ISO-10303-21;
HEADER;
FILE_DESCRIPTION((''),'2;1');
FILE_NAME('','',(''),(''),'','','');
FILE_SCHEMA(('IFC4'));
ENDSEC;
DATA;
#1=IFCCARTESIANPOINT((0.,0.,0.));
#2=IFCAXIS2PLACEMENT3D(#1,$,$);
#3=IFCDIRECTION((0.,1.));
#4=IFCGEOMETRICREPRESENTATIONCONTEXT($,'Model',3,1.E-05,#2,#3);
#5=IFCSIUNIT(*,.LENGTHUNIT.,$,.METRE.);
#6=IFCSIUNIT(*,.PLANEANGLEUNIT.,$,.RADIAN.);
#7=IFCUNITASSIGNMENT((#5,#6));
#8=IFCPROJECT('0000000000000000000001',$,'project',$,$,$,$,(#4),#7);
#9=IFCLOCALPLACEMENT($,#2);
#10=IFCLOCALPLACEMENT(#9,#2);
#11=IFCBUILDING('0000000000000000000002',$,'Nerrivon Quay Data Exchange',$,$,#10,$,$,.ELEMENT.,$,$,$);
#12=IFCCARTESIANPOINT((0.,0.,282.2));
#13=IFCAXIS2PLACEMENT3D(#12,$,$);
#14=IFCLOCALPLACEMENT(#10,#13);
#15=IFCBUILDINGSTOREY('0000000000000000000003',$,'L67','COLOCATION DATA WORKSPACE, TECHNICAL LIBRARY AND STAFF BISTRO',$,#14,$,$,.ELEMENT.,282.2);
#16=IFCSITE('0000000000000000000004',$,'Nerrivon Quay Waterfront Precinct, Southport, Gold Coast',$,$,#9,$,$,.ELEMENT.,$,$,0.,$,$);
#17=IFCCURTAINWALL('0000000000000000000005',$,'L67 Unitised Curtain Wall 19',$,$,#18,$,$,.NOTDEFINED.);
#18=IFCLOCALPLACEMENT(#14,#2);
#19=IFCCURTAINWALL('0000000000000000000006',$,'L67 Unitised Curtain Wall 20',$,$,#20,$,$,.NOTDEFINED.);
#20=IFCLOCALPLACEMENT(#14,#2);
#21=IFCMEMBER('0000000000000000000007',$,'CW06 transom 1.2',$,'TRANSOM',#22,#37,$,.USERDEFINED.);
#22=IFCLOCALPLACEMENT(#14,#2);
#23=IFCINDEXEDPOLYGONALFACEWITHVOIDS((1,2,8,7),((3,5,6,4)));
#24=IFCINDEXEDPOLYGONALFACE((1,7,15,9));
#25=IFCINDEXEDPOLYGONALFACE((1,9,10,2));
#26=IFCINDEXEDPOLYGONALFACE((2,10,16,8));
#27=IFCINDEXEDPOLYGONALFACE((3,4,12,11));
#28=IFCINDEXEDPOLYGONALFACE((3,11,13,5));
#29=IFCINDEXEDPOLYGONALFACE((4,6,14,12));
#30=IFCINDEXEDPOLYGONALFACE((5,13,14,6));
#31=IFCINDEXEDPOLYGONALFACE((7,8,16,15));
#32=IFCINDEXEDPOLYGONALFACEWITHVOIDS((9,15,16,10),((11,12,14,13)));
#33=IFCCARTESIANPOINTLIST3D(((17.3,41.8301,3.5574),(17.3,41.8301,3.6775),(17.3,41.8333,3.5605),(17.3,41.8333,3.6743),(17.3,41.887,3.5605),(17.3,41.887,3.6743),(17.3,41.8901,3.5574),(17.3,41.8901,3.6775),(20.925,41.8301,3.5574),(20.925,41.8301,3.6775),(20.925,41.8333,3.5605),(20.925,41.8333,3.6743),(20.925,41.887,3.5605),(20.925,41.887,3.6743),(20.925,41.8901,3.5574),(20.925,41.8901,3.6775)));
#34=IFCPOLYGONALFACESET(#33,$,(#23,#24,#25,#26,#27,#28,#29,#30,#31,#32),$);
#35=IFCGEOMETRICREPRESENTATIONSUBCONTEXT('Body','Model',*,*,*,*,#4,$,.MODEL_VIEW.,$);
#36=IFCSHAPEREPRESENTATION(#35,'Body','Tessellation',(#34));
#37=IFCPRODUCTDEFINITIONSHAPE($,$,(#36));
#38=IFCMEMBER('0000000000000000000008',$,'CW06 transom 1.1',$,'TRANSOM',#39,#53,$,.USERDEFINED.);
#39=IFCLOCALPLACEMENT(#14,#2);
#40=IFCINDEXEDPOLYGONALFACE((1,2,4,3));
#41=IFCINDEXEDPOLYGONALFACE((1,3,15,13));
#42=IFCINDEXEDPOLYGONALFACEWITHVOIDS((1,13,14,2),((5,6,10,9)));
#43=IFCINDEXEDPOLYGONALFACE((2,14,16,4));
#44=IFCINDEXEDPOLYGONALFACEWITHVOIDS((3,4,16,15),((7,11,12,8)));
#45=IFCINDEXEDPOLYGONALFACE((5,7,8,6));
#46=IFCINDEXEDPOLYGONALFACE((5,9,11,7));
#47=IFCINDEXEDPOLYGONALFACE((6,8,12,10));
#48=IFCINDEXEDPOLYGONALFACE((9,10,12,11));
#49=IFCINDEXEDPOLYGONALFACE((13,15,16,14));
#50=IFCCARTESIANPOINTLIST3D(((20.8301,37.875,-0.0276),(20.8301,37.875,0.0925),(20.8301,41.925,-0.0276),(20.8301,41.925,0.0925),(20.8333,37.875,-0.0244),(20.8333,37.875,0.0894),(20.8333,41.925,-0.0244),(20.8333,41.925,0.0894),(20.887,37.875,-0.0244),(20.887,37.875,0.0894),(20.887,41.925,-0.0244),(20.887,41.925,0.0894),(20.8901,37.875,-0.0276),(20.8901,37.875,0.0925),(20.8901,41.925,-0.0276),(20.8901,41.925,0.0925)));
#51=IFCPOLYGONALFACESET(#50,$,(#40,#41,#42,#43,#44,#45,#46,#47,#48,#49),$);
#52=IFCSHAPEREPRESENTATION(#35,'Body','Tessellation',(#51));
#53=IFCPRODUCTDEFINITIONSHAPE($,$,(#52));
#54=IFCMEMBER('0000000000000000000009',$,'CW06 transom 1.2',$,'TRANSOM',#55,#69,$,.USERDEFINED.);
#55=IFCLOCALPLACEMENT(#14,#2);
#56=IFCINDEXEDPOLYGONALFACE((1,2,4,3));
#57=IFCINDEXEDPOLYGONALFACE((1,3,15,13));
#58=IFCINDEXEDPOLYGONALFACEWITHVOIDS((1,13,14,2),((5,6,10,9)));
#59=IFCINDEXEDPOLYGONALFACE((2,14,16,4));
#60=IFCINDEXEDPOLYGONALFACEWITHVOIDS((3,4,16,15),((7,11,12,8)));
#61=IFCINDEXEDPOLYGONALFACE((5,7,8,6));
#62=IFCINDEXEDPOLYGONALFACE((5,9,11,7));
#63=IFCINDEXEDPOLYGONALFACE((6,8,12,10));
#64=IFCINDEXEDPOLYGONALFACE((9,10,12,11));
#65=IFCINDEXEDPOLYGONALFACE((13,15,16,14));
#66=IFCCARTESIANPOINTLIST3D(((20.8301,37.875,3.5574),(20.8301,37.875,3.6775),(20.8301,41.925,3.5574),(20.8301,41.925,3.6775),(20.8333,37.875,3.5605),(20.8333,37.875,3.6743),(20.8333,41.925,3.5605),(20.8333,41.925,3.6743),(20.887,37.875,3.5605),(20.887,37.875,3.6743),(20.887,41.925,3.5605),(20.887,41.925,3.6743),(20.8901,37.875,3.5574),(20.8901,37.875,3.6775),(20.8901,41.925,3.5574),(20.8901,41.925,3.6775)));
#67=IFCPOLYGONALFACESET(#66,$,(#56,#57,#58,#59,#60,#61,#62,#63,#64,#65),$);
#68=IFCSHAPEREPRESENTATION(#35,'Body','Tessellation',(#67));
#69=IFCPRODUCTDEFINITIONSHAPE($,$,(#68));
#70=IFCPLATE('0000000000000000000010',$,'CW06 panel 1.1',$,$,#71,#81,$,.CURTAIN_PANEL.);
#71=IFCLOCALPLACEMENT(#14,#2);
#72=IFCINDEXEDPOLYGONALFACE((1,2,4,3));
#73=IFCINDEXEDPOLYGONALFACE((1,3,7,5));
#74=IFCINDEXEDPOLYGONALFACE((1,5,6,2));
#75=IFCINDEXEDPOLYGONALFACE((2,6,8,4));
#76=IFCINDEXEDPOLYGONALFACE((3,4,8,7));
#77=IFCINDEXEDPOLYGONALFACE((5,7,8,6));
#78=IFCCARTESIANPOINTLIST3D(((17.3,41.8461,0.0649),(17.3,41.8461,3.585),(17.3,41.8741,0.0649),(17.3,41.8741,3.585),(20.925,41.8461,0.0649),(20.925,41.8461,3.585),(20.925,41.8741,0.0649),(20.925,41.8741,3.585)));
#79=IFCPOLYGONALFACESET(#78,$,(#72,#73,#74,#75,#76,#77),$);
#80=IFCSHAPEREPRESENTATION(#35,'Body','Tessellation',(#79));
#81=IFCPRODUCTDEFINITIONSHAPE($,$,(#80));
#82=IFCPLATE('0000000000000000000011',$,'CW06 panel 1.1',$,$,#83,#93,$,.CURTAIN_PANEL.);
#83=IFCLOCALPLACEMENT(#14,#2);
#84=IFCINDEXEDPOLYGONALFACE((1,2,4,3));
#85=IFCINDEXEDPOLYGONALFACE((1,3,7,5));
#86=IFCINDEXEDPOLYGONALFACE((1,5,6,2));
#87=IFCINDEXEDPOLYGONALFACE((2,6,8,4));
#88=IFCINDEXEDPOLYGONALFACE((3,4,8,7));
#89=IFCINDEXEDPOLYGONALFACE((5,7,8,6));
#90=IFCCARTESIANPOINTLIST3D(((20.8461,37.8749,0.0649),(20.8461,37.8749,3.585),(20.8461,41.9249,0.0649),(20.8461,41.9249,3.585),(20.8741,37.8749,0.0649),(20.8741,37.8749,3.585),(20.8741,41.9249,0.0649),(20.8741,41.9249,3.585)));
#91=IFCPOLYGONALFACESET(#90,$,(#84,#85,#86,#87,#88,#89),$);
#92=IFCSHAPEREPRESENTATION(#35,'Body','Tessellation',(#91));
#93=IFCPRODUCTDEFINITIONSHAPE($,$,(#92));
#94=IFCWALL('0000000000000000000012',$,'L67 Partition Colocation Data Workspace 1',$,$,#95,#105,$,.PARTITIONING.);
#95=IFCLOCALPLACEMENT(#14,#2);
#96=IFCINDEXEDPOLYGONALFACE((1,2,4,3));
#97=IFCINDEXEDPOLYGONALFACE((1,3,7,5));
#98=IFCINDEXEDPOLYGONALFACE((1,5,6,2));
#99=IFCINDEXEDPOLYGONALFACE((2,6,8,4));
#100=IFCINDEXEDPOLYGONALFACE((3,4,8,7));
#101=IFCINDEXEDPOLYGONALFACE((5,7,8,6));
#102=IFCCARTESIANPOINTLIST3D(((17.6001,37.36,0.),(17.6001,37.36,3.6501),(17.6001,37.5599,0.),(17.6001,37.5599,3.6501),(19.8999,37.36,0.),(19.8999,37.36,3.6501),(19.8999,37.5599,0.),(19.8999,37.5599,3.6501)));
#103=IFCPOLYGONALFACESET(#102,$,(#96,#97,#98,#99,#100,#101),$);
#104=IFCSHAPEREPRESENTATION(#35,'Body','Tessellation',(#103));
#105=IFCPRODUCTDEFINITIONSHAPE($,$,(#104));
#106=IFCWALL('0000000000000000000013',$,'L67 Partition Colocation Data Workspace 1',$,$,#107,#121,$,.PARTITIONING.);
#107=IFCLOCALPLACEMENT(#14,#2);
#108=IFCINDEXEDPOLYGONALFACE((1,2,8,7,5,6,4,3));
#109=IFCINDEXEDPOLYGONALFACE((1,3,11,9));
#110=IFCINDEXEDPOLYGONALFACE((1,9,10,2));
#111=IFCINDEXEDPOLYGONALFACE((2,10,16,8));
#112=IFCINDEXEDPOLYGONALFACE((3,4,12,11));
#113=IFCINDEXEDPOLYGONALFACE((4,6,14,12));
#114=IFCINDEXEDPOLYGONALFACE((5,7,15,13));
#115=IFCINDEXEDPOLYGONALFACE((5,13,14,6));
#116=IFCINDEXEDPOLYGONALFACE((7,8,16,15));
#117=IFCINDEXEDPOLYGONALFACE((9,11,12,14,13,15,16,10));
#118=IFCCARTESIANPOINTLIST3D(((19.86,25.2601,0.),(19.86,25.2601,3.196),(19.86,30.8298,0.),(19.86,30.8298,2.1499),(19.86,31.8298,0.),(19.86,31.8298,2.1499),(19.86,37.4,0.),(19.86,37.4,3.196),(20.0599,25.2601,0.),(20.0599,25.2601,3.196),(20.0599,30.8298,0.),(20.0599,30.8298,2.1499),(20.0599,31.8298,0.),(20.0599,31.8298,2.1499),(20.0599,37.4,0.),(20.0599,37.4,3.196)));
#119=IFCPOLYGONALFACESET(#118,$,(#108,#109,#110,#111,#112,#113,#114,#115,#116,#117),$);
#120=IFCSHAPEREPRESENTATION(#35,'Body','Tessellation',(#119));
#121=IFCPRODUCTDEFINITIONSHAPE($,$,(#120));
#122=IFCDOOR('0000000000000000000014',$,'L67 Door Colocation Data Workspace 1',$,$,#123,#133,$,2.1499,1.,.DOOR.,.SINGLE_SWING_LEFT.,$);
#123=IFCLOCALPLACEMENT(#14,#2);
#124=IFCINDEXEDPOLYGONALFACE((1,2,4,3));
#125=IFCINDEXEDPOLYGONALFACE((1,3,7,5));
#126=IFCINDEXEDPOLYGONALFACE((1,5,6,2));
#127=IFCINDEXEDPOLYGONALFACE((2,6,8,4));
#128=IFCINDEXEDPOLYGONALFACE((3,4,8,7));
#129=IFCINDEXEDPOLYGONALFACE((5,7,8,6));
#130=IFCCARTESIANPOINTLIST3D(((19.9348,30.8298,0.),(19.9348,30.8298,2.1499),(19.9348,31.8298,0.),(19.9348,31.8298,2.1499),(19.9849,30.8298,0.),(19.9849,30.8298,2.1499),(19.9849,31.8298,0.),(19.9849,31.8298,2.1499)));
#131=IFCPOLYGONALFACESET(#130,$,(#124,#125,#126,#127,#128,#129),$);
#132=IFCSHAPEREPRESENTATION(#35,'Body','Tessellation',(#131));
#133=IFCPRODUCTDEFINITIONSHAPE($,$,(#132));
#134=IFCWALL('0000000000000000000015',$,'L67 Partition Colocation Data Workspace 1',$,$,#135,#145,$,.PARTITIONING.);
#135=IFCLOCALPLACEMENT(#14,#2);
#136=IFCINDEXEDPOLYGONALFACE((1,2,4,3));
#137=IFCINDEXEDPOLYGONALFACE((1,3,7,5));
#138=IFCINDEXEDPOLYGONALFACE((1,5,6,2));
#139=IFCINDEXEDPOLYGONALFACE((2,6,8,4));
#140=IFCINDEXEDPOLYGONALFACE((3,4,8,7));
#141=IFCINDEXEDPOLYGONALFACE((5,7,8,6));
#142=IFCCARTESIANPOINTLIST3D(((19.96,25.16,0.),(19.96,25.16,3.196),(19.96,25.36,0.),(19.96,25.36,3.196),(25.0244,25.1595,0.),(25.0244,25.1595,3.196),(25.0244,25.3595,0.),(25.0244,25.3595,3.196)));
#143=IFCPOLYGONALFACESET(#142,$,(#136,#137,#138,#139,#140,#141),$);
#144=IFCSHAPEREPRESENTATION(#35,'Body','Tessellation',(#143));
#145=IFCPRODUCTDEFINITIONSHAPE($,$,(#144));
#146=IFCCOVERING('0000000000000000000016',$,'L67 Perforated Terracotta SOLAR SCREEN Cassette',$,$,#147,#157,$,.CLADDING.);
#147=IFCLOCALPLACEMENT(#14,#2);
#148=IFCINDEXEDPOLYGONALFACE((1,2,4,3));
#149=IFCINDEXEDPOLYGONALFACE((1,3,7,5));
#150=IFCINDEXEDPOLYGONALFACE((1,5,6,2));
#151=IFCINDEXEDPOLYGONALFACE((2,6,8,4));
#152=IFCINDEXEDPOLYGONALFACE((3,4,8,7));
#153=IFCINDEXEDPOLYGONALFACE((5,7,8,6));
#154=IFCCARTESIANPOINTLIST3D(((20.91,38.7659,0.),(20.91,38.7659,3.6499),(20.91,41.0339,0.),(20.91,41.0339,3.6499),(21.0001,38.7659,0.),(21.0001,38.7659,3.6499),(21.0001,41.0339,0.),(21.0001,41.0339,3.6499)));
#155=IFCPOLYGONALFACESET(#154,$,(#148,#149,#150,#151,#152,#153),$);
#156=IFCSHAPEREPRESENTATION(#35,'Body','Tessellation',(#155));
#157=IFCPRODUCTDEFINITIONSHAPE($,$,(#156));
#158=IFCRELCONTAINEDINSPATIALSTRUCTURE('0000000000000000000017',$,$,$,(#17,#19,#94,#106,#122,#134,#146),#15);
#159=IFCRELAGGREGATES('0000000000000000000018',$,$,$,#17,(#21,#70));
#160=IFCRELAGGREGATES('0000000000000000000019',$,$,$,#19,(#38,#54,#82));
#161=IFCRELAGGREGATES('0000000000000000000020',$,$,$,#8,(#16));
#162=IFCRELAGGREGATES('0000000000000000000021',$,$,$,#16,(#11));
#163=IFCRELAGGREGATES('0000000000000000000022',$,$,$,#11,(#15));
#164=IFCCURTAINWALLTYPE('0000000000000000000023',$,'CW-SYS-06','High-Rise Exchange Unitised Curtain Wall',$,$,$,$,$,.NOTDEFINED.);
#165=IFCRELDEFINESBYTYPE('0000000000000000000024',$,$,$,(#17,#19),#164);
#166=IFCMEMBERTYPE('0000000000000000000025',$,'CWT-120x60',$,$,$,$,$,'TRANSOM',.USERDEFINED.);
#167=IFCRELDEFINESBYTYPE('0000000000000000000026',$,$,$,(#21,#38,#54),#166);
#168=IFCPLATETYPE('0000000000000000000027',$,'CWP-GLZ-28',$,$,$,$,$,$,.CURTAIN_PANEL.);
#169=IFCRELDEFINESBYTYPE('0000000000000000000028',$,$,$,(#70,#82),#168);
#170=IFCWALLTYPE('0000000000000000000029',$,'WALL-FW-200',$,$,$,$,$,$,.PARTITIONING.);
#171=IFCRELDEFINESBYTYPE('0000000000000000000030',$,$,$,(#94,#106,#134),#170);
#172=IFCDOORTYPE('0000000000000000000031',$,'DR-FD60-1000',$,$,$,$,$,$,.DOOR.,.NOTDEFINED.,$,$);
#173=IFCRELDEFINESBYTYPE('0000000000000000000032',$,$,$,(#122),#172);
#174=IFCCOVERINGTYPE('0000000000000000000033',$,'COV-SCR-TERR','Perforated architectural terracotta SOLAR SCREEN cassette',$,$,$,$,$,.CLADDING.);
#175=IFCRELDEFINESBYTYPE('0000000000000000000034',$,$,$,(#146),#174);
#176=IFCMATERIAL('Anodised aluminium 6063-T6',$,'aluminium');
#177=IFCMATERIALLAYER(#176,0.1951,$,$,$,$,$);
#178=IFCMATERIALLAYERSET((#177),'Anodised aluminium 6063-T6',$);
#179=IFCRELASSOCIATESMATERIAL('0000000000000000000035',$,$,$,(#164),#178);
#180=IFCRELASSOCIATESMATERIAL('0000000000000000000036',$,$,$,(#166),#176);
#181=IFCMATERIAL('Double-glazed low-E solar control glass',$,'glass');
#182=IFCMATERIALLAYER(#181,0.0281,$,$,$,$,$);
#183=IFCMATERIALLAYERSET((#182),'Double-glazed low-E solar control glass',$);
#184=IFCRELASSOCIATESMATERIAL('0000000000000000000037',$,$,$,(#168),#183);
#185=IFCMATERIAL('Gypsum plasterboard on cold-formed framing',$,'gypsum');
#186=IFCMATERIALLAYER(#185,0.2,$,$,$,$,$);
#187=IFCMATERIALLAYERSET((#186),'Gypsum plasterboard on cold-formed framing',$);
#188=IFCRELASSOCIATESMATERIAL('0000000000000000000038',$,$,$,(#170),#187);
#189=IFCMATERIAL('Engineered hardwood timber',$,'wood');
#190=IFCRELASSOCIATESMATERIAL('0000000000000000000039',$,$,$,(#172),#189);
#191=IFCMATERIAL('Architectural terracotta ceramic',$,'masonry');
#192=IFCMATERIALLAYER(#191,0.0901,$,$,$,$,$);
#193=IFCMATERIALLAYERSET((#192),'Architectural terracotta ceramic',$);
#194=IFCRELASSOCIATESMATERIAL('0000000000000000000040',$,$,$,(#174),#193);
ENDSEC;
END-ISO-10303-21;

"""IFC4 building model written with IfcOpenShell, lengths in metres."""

from ifc_helpers import new_model, si_unit, direction, frame, frame_2d, origin, origin_2d, place, context, subcontext, project, spatial, rectangle, hollow_rectangle, extrude, material, layer, layer_set, material_profile, profile_set, type_object, element, fill, aggregate, save


model = new_model("IFC4")

# Units and contexts
model_context = context("Model", 3, precision=1e-05, world=origin(), true_north=direction((0.0, 1.0)))
body_context = subcontext(model_context, "Body", "Model", "MODEL_VIEW")
ifc_project = project(units=[si_unit("LENGTHUNIT", "METRE"), si_unit("PLANEANGLEUNIT", "RADIAN")], contexts=[model_context])

# Site, building, storey
site_placement = place(None, origin())
site = spatial("IfcSite", under=ifc_project, at=site_placement, Name="Nerrivon Quay Waterfront Precinct, Southport, Gold Coast", CompositionType="ELEMENT", RefElevation=0.0)
building_placement = place(site_placement, origin())
building = spatial("IfcBuilding", under=site, at=building_placement, Name="Nerrivon Quay Data Exchange", CompositionType="ELEMENT")
storey_placement = place(building_placement, frame((0.0, 0.0, 282.2)))
storey = spatial("IfcBuildingStorey", under=building, at=storey_placement, Name="L67", Description="COLOCATION DATA WORKSPACE, TECHNICAL LIBRARY AND STAFF BISTRO", CompositionType="ELEMENT", Elevation=282.2)

# Curtain walls
ifc_material_1 = material(Name="Anodised aluminium 6063-T6", Category="aluminium")
ifc_layer_1 = layer(ifc_material_1, 0.1951)
ifc_layer_set_1 = layer_set([ifc_layer_1], Name="Anodised aluminium 6063-T6")
curtain_wall_type = type_object("IfcCurtainWallType", Name="CW-SYS-06", Description="High-Rise Exchange Unitised Curtain Wall", PredefinedType="NOTDEFINED", material=ifc_layer_set_1)
curtain_wall_1_placement = place(storey_placement, origin())
curtain_wall_1 = element("IfcCurtainWall", 1, at=curtain_wall_1_placement, inside=storey, type_object=curtain_wall_type, Name="L67 Unitised Curtain Wall 19", PredefinedType="NOTDEFINED")
curtain_wall_2_placement = place(storey_placement, origin())
curtain_wall_2 = element("IfcCurtainWall", 2, at=curtain_wall_2_placement, inside=storey, type_object=curtain_wall_type, Name="L67 Unitised Curtain Wall 20", PredefinedType="NOTDEFINED")

# Members
ifc_material_profile_1 = material_profile(ifc_material_1, hollow_rectangle(XDim=0.0601, YDim=0.1201, WallThickness=0.0032, at=origin_2d()), Name="ALU-TRAN-120x60")
ifc_profile_set_1 = profile_set([ifc_material_profile_1], Name="Anodised aluminium 6063-T6")
member_type_1 = type_object("IfcMemberType", Name="CWT-120x60", ElementType="TRANSOM", PredefinedType="USERDEFINED", material=ifc_profile_set_1)
member_1_placement = place(storey_placement, frame((17.3, 41.8601, 3.6174), z_axis=(1.0, 0.0, 0.0), x_axis=(0.0, 1.0, 0.0)))
member_1 = element("IfcMember", 3, at=member_1_placement, type_object=member_type_1, Name="CW06 transom 1.2", ObjectType="TRANSOM", PredefinedType="USERDEFINED", context=body_context, shape_type="SweptSolid", body=[
    extrude(hollow_rectangle(XDim=0.0601, YDim=0.1201, WallThickness=0.0032, at=origin_2d()), origin(), (0.0, 0.0, 1.0), 3.625),
])
member_2_placement = place(storey_placement, frame((20.8601, 41.925, 0.0325), z_axis=(0.0, -1.0, 0.0), x_axis=(1.0, 0.0, 0.0)))
member_2 = element("IfcMember", 4, at=member_2_placement, type_object=member_type_1, Name="CW06 transom 1.1", ObjectType="TRANSOM", PredefinedType="USERDEFINED", context=body_context, shape_type="SweptSolid", body=[
    extrude(hollow_rectangle(XDim=0.0601, YDim=0.1201, WallThickness=0.0032, at=origin_2d()), origin(), (0.0, 0.0, 1.0), 4.05),
])
member_3_placement = place(storey_placement, frame((20.8601, 41.925, 3.6174), z_axis=(0.0, -1.0, 0.0), x_axis=(1.0, 0.0, 0.0)))
member_3 = element("IfcMember", 5, at=member_3_placement, type_object=member_type_1, Name="CW06 transom 1.2", ObjectType="TRANSOM", PredefinedType="USERDEFINED", context=body_context, shape_type="SweptSolid", body=[
    extrude(hollow_rectangle(XDim=0.0601, YDim=0.1201, WallThickness=0.0032, at=origin_2d()), origin(), (0.0, 0.0, 1.0), 4.05),
])

# Plates
ifc_material_2 = material(Name="Double-glazed low-E solar control glass", Category="glass")
ifc_layer_2 = layer(ifc_material_2, 0.0281)
ifc_layer_set_2 = layer_set([ifc_layer_2], Name="Double-glazed low-E solar control glass")
plate_type = type_object("IfcPlateType", Name="CWP-GLZ-28", PredefinedType="CURTAIN_PANEL", material=ifc_layer_set_2)
plate_1_placement = place(storey_placement, frame((19.1125, 41.8601, 0.0649), z_axis=(0.0, 0.0, 1.0), x_axis=(1.0, 0.0, 0.0)))
plate_1 = element("IfcPlate", 6, at=plate_1_placement, type_object=plate_type, Name="CW06 panel 1.1", PredefinedType="CURTAIN_PANEL", context=body_context, shape_type="SweptSolid", body=[
    extrude(rectangle(XDim=3.625, YDim=0.0281, at=origin_2d()), origin(), (0.0, 0.0, 1.0), 3.52),
])
aggregate(curtain_wall_1, [member_1, plate_1])
plate_2_placement = place(storey_placement, frame((20.8601, 39.8999, 0.0649), z_axis=(0.0, 0.0, 1.0), x_axis=(0.0, -1.0, 0.0)))
plate_2 = element("IfcPlate", 7, at=plate_2_placement, type_object=plate_type, Name="CW06 panel 1.1", PredefinedType="CURTAIN_PANEL", context=body_context, shape_type="SweptSolid", body=[
    extrude(rectangle(XDim=4.05, YDim=0.0281, at=origin_2d()), origin(), (0.0, 0.0, 1.0), 3.52),
])
aggregate(curtain_wall_2, [member_2, member_3, plate_2])

# Wall
ifc_material_3 = material(Name="Gypsum plasterboard on cold-formed framing", Category="gypsum")
ifc_layer_3 = layer(ifc_material_3, 0.2)
ifc_layer_set_3 = layer_set([ifc_layer_3], Name="Gypsum plasterboard on cold-formed framing")
wall_type_1 = type_object("IfcWallType", Name="WALL-FW-200", PredefinedType="PARTITIONING", material=ifc_layer_set_3)
wall_1_placement = place(storey_placement, frame((17.6001, 37.46, 0.0), z_axis=(0.0, 0.0, 1.0), x_axis=(1.0, 0.0, 0.0)))
element("IfcWall", 8, at=wall_1_placement, inside=storey, type_object=wall_type_1, Name="L67 Partition Colocation Data Workspace 1", PredefinedType="PARTITIONING", context=body_context, shape_type="SweptSolid", body=[
    extrude(rectangle(XDim=2.2998, YDim=0.2, at=frame_2d((1.1499, 0.0))), origin(), (0.0, 0.0, 1.0), 3.6501),
])

# Wall, opening, door
wall_2_placement = place(storey_placement, frame((19.96, 37.3999, 0.0), z_axis=(0.0, 0.0, 1.0), x_axis=(0.0, -1.0, 0.0)))
wall_2 = element("IfcWall", 9, at=wall_2_placement, inside=storey, type_object=wall_type_1, Name="L67 Partition Colocation Data Workspace 1", PredefinedType="PARTITIONING", context=body_context, shape_type="SweptSolid", body=[
    extrude(rectangle(XDim=12.1399, YDim=0.2, at=frame_2d((6.0698, 0.0))), origin(), (0.0, 0.0, 1.0), 3.196),
])
opening_1_placement = place(wall_2_placement, frame((5.5701, 0.0, 0.0)))
opening_1 = element("IfcOpeningElement", 10, at=opening_1_placement, cuts=wall_2, PredefinedType="OPENING", context=body_context, shape_type="SweptSolid", body=[
    extrude(rectangle(XDim=1.0, YDim=2.1499, at=frame_2d((0.5, 1.075))), frame((0.0, 0.1099, 0.0), z_axis=(0.0, -1.0, 0.0), x_axis=(1.0, 0.0, 0.0)), (0.0, 0.0, 1.0), 0.22),
])
ifc_material_4 = material(Name="Engineered hardwood timber", Category="wood")
door_type_1 = type_object("IfcDoorType", Name="DR-FD60-1000", OperationType="NOTDEFINED", PredefinedType="DOOR", material=ifc_material_4)
door_1_placement = place(opening_1_placement, origin())
door_1 = element("IfcDoor", 11, at=door_1_placement, inside=storey, type_object=door_type_1, Name="L67 Door Colocation Data Workspace 1", OperationType="SINGLE_SWING_LEFT", OverallHeight=2.1499, OverallWidth=1.0, PredefinedType="DOOR", context=body_context, shape_type="SweptSolid", body=[
    extrude(rectangle(XDim=1.0, YDim=2.1499, at=frame_2d((0.5, 1.075))), frame((0.0, 0.0249, 0.0), z_axis=(0.0, -1.0, 0.0), x_axis=(1.0, 0.0, 0.0)), (0.0, 0.0, 1.0), 0.05),
])
fill(opening_1, door_1)

# Wall
wall_3_placement = place(storey_placement, frame((19.96, 25.26, 0.0), z_axis=(0.0, 0.0, 1.0), x_axis=(1.0, -0.000096, 0.0)))
element("IfcWall", 12, at=wall_3_placement, inside=storey, type_object=wall_type_1, Name="L67 Partition Colocation Data Workspace 1", PredefinedType="PARTITIONING", context=body_context, shape_type="SweptSolid", body=[
    extrude(rectangle(XDim=5.0645, YDim=0.2, at=frame_2d((2.5322, 0.0))), origin(), (0.0, 0.0, 1.0), 3.196),
])

# Covering
ifc_material_5 = material(Name="Architectural terracotta ceramic", Category="masonry")
ifc_layer_4 = layer(ifc_material_5, 0.0901)
ifc_layer_set_4 = layer_set([ifc_layer_4], Name="Architectural terracotta ceramic")
covering_type = type_object("IfcCoveringType", Name="COV-SCR-TERR", Description="Perforated architectural terracotta SOLAR SCREEN cassette", PredefinedType="CLADDING", material=ifc_layer_set_4)
covering_placement = place(storey_placement, frame((20.9551, 39.8999, 0.0), z_axis=(0.0, 0.0, 1.0), x_axis=(0.0, -1.0, 0.0)))
element("IfcCovering", 13, at=covering_placement, inside=storey, type_object=covering_type, Name="L67 Perforated Terracotta SOLAR SCREEN Cassette", PredefinedType="CLADDING", context=body_context, shape_type="SweptSolid", body=[
    extrude(rectangle(XDim=2.2681, YDim=0.0901, at=origin_2d()), origin(), (0.0, 0.0, 1.0), 3.6499),
])

save(model, "model.ifc")
